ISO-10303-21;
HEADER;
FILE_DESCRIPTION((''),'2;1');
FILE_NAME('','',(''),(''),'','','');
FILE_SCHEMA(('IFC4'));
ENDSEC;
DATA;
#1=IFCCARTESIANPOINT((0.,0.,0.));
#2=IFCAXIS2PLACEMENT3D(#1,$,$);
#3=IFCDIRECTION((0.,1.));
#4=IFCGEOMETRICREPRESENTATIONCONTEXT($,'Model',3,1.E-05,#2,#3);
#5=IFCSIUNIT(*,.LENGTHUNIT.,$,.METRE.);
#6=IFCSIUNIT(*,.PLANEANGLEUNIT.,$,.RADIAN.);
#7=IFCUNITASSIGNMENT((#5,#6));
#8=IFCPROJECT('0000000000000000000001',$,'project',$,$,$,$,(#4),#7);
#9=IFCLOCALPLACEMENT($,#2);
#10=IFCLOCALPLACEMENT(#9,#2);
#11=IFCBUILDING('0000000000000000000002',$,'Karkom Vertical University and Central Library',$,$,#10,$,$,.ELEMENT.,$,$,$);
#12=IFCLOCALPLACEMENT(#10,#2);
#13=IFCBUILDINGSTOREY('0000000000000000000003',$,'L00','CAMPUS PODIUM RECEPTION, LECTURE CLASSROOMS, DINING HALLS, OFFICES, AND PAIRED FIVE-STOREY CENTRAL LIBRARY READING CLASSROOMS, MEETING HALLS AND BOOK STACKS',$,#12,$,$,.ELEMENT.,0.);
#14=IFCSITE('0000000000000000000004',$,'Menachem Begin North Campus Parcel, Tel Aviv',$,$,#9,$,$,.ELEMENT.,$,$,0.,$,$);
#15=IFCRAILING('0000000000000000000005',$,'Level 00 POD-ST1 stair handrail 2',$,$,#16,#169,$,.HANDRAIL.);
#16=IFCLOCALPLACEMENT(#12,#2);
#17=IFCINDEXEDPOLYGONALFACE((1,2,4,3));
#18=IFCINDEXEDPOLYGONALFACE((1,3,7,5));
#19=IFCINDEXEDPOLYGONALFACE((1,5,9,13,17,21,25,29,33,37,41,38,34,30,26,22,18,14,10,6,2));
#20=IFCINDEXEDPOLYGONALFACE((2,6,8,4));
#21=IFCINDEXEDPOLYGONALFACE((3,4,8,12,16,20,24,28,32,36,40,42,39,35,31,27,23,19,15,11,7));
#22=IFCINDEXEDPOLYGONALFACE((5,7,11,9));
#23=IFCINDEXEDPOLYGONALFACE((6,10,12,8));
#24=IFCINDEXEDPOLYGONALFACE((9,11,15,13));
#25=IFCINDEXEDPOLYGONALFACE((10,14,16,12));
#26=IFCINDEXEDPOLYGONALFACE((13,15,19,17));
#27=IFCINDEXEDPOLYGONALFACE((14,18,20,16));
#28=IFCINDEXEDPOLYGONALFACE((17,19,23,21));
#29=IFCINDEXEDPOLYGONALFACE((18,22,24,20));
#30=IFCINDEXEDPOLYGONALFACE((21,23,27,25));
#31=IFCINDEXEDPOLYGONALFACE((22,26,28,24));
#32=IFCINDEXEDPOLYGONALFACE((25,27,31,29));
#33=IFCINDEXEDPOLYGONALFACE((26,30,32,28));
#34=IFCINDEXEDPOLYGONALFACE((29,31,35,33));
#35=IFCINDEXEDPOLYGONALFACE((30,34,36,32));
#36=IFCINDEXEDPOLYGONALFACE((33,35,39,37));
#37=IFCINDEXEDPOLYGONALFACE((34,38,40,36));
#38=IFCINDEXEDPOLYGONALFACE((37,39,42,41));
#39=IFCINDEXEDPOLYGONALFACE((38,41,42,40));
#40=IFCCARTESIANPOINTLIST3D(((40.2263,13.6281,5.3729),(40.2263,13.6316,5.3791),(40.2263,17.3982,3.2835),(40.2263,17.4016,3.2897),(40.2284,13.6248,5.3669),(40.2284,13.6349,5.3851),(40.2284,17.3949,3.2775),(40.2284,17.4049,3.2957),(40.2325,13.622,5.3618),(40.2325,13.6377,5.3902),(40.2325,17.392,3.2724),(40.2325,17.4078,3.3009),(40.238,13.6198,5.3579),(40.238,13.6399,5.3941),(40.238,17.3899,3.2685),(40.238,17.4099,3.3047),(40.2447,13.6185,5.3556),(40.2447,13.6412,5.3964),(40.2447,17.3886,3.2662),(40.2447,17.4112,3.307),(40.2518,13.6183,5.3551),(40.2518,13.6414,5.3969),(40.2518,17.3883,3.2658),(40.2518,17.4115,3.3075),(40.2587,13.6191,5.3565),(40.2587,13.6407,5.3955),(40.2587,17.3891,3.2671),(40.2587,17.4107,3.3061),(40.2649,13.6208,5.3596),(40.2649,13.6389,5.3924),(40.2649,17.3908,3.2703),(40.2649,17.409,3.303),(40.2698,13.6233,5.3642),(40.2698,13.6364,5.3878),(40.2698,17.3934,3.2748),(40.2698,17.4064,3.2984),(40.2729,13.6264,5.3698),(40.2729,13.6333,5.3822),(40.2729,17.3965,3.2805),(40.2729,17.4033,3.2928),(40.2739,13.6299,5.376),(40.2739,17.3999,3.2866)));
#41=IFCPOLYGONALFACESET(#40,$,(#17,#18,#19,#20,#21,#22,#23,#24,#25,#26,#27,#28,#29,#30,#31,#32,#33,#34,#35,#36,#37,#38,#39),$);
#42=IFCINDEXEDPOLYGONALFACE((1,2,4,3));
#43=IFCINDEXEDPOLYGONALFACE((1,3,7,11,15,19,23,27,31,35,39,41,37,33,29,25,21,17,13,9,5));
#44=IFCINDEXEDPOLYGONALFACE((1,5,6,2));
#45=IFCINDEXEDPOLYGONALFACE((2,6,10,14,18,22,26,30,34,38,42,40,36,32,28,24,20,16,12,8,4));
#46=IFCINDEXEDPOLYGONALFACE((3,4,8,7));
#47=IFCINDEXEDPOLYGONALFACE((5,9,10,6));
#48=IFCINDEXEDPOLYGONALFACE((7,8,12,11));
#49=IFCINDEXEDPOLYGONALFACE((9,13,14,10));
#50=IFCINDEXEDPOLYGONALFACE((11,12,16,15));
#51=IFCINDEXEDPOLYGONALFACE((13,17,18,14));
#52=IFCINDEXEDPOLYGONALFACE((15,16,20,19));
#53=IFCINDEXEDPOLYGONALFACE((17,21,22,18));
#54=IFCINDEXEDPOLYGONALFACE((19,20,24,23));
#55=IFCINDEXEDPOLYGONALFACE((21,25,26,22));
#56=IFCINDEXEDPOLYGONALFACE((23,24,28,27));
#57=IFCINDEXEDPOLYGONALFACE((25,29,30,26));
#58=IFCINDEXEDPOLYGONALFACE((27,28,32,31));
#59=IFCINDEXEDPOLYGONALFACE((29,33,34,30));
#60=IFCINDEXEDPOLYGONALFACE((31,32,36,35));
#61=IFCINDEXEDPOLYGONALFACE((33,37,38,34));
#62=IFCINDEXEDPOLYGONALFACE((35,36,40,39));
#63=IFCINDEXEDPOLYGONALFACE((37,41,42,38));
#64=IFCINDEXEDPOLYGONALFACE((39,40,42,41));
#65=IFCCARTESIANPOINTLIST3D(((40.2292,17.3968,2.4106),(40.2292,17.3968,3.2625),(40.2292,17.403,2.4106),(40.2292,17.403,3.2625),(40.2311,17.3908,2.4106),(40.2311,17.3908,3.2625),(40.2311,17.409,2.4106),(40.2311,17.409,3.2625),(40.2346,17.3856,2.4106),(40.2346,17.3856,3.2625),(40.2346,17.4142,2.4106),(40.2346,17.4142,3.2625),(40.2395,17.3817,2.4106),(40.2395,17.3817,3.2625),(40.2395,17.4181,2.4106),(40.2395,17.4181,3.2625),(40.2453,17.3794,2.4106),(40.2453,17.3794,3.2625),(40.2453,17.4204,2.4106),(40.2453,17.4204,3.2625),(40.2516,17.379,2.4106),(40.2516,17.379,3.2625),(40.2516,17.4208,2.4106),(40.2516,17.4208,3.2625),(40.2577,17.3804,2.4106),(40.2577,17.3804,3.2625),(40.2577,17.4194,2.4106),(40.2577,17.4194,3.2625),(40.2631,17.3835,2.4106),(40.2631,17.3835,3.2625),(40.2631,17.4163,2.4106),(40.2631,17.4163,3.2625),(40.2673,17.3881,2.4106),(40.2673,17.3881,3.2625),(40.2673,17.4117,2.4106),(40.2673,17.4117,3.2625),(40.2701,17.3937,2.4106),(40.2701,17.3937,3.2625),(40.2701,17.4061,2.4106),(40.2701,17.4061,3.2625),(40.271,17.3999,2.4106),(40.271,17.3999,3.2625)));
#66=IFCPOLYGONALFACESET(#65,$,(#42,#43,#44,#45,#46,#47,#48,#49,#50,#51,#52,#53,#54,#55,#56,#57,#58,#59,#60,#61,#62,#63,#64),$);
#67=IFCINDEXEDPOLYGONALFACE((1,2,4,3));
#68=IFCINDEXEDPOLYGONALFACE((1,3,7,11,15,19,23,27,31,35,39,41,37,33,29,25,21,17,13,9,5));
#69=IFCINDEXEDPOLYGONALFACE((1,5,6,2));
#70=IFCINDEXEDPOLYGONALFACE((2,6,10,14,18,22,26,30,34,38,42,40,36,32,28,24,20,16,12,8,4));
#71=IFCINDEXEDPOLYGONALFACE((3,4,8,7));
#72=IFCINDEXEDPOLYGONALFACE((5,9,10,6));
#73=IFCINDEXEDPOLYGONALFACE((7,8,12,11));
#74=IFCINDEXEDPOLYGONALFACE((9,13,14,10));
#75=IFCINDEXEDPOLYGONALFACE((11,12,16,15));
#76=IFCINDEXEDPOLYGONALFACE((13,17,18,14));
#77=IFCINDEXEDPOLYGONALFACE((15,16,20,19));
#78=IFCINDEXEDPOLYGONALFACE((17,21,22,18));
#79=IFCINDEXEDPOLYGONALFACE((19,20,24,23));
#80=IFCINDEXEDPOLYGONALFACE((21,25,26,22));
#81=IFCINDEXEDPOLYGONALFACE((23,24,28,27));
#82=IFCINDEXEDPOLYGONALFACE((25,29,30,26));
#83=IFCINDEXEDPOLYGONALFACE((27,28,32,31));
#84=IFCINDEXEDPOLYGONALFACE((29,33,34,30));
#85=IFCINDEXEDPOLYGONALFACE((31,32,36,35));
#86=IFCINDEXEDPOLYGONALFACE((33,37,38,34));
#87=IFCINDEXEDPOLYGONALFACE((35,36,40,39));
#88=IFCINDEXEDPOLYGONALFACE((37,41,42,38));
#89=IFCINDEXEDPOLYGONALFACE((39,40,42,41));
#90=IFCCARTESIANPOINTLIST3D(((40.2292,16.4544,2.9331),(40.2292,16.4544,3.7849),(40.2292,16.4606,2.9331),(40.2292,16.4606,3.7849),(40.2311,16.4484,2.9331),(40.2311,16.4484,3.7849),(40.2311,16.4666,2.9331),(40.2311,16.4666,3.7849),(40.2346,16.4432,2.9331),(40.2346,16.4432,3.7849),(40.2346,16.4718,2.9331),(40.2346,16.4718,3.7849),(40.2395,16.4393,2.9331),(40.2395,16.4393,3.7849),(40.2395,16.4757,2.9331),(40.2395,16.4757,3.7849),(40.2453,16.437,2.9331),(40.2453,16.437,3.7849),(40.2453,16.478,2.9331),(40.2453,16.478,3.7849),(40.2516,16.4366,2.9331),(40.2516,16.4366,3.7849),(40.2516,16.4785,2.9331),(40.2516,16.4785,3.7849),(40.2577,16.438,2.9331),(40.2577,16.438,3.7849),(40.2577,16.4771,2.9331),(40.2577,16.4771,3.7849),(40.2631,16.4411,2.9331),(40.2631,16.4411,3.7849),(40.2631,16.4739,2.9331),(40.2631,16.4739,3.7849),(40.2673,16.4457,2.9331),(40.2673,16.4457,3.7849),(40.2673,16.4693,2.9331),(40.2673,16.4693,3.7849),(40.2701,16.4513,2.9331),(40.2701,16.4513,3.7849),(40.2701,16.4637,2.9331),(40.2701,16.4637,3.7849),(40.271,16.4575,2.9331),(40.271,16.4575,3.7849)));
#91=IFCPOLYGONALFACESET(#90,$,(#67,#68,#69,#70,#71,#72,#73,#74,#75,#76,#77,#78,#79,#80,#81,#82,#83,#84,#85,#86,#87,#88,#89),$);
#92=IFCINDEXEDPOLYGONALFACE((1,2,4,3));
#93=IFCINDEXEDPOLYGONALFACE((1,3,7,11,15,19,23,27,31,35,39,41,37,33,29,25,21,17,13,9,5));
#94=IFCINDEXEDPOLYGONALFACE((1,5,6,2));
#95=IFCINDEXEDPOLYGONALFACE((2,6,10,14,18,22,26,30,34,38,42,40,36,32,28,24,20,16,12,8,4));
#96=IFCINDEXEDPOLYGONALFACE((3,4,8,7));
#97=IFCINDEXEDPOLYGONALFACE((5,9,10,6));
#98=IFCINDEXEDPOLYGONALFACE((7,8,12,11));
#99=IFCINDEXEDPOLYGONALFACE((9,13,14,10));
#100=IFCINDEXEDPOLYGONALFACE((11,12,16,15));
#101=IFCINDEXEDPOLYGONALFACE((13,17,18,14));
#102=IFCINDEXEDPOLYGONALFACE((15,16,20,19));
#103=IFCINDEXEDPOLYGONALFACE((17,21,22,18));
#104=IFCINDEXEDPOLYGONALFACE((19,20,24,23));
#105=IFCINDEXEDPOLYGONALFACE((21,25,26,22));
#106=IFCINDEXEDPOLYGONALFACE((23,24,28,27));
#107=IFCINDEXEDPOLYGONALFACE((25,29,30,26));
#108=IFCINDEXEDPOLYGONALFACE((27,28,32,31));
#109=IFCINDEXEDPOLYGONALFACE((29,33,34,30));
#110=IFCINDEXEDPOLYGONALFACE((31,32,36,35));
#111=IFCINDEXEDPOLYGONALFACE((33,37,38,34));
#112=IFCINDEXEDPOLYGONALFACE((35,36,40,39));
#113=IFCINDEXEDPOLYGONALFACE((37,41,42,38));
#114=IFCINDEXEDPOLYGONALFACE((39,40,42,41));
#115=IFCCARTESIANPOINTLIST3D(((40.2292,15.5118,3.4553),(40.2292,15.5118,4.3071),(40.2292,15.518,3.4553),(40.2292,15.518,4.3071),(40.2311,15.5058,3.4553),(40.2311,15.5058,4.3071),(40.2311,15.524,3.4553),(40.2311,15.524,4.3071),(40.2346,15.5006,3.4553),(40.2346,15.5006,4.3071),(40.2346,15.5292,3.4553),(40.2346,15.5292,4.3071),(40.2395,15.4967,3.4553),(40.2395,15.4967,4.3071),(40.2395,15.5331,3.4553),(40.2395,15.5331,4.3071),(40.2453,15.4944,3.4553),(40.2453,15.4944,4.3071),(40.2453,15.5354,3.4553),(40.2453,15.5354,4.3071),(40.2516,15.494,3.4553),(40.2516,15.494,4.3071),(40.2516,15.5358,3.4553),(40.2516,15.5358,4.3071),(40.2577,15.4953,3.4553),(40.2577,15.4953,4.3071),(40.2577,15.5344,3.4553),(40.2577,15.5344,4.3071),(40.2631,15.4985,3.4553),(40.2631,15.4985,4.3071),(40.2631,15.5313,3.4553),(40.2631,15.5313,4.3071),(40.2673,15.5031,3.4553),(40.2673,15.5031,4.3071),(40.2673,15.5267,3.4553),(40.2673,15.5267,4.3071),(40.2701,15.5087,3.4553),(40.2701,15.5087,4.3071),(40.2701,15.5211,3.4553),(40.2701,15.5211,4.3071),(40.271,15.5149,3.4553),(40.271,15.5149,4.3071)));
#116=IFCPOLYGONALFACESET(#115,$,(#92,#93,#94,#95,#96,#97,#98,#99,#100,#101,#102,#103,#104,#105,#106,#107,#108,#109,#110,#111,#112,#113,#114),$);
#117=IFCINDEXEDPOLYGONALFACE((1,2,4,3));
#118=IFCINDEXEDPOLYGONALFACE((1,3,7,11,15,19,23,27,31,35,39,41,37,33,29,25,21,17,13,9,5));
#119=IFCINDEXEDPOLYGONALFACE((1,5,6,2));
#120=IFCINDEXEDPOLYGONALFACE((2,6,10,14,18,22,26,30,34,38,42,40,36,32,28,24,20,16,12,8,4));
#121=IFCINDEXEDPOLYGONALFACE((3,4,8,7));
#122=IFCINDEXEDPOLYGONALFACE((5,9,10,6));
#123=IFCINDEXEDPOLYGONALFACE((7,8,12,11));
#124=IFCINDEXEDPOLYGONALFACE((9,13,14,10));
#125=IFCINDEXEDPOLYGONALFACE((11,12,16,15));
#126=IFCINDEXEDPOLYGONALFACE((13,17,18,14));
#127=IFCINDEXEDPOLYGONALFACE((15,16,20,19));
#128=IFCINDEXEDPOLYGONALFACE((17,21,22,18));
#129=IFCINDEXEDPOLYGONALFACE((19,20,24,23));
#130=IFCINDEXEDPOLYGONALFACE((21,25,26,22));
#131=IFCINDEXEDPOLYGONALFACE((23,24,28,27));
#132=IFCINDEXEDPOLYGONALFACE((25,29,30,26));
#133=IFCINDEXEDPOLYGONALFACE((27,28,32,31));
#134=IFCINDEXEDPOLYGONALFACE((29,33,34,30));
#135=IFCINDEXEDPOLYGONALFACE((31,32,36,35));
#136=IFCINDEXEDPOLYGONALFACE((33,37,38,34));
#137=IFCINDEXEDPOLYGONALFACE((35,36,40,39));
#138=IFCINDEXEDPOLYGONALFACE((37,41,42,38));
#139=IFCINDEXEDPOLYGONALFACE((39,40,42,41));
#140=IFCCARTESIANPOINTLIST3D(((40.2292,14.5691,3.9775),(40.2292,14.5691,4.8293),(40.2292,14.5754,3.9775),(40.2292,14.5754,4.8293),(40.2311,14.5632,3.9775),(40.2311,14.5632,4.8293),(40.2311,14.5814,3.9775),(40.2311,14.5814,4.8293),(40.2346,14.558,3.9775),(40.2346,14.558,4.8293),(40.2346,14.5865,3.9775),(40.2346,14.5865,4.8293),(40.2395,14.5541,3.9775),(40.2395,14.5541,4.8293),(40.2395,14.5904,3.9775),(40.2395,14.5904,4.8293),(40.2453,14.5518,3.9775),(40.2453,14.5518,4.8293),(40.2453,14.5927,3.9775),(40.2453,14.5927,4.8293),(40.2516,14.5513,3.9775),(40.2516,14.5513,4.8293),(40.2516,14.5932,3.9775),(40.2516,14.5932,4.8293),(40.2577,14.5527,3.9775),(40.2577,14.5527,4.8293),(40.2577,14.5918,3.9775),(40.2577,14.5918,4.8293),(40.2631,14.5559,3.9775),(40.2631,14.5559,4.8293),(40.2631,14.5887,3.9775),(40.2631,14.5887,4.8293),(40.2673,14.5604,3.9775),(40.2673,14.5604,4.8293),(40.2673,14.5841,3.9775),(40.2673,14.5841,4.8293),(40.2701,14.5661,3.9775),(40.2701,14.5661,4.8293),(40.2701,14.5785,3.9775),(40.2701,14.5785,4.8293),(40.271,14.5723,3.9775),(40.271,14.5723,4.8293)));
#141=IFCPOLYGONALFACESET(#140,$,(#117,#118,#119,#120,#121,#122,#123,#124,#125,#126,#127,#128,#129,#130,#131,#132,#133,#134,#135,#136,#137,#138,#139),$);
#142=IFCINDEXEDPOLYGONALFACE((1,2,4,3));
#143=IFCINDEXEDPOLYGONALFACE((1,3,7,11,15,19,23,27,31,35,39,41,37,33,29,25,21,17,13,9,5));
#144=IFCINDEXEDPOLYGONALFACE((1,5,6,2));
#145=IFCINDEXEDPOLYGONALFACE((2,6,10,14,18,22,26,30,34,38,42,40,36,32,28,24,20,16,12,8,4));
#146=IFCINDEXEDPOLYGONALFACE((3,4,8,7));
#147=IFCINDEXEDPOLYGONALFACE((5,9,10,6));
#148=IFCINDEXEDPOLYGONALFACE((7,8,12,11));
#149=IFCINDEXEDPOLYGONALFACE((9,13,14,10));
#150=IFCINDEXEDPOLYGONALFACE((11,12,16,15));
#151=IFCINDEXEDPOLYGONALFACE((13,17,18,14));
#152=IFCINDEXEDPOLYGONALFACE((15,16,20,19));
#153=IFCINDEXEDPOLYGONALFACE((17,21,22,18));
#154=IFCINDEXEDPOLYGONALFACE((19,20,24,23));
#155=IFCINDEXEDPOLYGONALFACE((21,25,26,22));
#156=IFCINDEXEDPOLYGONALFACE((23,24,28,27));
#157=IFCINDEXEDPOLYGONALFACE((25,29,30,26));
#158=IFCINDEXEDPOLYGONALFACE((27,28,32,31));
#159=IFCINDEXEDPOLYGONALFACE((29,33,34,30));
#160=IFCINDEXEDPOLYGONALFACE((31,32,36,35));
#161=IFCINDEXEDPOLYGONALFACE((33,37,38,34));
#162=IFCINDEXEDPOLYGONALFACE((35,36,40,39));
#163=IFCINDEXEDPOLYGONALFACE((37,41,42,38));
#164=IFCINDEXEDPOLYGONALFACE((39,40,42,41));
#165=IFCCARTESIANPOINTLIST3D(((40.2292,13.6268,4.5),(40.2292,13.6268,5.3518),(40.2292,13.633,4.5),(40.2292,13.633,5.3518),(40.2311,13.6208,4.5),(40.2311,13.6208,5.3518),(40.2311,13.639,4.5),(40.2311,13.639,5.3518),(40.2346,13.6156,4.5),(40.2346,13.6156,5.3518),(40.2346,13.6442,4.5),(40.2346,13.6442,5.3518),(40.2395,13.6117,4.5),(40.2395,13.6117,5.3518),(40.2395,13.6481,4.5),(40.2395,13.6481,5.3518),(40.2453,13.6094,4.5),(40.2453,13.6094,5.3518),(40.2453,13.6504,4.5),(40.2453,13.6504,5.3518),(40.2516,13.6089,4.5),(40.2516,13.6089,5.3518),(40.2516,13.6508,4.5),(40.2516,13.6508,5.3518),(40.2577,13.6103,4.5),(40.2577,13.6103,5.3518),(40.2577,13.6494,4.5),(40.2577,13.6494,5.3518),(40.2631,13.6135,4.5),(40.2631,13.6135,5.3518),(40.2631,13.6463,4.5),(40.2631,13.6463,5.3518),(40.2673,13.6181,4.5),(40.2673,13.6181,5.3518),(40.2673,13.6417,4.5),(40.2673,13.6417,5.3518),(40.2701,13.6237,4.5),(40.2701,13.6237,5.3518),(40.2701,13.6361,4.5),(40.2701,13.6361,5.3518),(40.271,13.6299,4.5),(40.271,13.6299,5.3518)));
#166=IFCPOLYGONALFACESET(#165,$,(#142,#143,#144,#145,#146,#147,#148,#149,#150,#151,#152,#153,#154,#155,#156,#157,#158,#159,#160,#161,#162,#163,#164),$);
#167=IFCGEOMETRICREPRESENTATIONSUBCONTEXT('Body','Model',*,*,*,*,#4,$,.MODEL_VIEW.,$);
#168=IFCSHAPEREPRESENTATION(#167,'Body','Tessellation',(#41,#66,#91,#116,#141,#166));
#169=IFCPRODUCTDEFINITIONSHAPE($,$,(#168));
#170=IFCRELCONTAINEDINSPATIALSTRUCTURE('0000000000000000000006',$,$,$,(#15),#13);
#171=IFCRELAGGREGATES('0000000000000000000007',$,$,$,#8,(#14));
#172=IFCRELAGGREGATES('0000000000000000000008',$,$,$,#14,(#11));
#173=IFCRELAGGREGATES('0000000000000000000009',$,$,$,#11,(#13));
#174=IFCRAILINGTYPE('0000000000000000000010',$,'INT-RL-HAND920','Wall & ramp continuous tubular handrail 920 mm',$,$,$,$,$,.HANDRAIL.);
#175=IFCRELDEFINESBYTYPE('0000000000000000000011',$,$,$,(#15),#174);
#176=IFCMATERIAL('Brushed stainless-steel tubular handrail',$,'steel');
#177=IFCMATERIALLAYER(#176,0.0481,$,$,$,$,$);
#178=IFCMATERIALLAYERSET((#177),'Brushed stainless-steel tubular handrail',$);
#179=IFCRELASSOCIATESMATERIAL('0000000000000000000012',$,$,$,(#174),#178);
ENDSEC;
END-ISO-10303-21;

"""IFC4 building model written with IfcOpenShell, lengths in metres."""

from ifc_helpers import new_model, si_unit, direction, frame, origin, origin_2d, place, context, subcontext, project, spatial, circle, extrude, material, layer, layer_set, type_object, element, save


model = new_model("IFC4")

# Units and contexts
model_context = context("Model", 3, precision=1e-05, world=origin(), true_north=direction((0.0, 1.0)))
body_context = subcontext(model_context, "Body", "Model", "MODEL_VIEW")
ifc_project = project(units=[si_unit("LENGTHUNIT", "METRE"), si_unit("PLANEANGLEUNIT", "RADIAN")], contexts=[model_context])

# Site, building, storey
site_placement = place(None, origin())
site = spatial("IfcSite", under=ifc_project, at=site_placement, Name="Menachem Begin North Campus Parcel, Tel Aviv", CompositionType="ELEMENT", RefElevation=0.0)
building_placement = place(site_placement, origin())
building = spatial("IfcBuilding", under=site, at=building_placement, Name="Karkom Vertical University and Central Library", CompositionType="ELEMENT")
storey_placement = place(building_placement, origin())
storey = spatial("IfcBuildingStorey", under=building, at=storey_placement, Name="L00", Description="CAMPUS PODIUM RECEPTION, LECTURE CLASSROOMS, DINING HALLS, OFFICES, AND PAIRED FIVE-STOREY CENTRAL LIBRARY READING CLASSROOMS, MEETING HALLS AND BOOK STACKS", CompositionType="ELEMENT", Elevation=0.0)

# Railing
ifc_material_1 = material(Name="Brushed stainless-steel tubular handrail", Category="steel")
ifc_layer_1 = layer(ifc_material_1, 0.0481)
ifc_layer_set_1 = layer_set([ifc_layer_1], Name="Brushed stainless-steel tubular handrail")
railing_type_1 = type_object("IfcRailingType", Name="INT-RL-HAND920", Description="Wall & ramp continuous tubular handrail 920 mm", PredefinedType="HANDRAIL", material=ifc_layer_set_1)
railing_1_placement = place(storey_placement, frame((40.25, 17.3999, 2.4106)))
element("IfcRailing", 1, at=railing_1_placement, inside=storey, type_object=railing_type_1, Name="Level 00 POD-ST1 stair handrail 2", PredefinedType="HANDRAIL", context=body_context, shape_type="SweptSolid", body=[
    extrude(circle(Radius=0.0239, at=origin_2d()), frame((0.0, 0.0, 0.876), z_axis=(0.0, -0.874659, 0.484739), x_axis=(1.0, 0.0, 0.0)), (0.0, 0.0, 1.0), 4.3103),
    extrude(circle(Radius=0.021, at=origin_2d()), origin(), (0.0, 0.0, 1.0), 0.8518),
    extrude(circle(Radius=0.021, at=origin_2d()), frame((0.0, -0.9424, 0.5225)), (0.0, 0.0, 1.0), 0.8518),
    extrude(circle(Radius=0.021, at=origin_2d()), frame((0.0, -1.885, 1.0447)), (0.0, 0.0, 1.0), 0.8518),
    extrude(circle(Radius=0.021, at=origin_2d()), frame((0.0, -2.8276, 1.5669)), (0.0, 0.0, 1.0), 0.8518),
    extrude(circle(Radius=0.021, at=origin_2d()), frame((0.0, -3.77, 2.0894)), (0.0, 0.0, 1.0), 0.8518),
])

save(model, "model.ifc")
